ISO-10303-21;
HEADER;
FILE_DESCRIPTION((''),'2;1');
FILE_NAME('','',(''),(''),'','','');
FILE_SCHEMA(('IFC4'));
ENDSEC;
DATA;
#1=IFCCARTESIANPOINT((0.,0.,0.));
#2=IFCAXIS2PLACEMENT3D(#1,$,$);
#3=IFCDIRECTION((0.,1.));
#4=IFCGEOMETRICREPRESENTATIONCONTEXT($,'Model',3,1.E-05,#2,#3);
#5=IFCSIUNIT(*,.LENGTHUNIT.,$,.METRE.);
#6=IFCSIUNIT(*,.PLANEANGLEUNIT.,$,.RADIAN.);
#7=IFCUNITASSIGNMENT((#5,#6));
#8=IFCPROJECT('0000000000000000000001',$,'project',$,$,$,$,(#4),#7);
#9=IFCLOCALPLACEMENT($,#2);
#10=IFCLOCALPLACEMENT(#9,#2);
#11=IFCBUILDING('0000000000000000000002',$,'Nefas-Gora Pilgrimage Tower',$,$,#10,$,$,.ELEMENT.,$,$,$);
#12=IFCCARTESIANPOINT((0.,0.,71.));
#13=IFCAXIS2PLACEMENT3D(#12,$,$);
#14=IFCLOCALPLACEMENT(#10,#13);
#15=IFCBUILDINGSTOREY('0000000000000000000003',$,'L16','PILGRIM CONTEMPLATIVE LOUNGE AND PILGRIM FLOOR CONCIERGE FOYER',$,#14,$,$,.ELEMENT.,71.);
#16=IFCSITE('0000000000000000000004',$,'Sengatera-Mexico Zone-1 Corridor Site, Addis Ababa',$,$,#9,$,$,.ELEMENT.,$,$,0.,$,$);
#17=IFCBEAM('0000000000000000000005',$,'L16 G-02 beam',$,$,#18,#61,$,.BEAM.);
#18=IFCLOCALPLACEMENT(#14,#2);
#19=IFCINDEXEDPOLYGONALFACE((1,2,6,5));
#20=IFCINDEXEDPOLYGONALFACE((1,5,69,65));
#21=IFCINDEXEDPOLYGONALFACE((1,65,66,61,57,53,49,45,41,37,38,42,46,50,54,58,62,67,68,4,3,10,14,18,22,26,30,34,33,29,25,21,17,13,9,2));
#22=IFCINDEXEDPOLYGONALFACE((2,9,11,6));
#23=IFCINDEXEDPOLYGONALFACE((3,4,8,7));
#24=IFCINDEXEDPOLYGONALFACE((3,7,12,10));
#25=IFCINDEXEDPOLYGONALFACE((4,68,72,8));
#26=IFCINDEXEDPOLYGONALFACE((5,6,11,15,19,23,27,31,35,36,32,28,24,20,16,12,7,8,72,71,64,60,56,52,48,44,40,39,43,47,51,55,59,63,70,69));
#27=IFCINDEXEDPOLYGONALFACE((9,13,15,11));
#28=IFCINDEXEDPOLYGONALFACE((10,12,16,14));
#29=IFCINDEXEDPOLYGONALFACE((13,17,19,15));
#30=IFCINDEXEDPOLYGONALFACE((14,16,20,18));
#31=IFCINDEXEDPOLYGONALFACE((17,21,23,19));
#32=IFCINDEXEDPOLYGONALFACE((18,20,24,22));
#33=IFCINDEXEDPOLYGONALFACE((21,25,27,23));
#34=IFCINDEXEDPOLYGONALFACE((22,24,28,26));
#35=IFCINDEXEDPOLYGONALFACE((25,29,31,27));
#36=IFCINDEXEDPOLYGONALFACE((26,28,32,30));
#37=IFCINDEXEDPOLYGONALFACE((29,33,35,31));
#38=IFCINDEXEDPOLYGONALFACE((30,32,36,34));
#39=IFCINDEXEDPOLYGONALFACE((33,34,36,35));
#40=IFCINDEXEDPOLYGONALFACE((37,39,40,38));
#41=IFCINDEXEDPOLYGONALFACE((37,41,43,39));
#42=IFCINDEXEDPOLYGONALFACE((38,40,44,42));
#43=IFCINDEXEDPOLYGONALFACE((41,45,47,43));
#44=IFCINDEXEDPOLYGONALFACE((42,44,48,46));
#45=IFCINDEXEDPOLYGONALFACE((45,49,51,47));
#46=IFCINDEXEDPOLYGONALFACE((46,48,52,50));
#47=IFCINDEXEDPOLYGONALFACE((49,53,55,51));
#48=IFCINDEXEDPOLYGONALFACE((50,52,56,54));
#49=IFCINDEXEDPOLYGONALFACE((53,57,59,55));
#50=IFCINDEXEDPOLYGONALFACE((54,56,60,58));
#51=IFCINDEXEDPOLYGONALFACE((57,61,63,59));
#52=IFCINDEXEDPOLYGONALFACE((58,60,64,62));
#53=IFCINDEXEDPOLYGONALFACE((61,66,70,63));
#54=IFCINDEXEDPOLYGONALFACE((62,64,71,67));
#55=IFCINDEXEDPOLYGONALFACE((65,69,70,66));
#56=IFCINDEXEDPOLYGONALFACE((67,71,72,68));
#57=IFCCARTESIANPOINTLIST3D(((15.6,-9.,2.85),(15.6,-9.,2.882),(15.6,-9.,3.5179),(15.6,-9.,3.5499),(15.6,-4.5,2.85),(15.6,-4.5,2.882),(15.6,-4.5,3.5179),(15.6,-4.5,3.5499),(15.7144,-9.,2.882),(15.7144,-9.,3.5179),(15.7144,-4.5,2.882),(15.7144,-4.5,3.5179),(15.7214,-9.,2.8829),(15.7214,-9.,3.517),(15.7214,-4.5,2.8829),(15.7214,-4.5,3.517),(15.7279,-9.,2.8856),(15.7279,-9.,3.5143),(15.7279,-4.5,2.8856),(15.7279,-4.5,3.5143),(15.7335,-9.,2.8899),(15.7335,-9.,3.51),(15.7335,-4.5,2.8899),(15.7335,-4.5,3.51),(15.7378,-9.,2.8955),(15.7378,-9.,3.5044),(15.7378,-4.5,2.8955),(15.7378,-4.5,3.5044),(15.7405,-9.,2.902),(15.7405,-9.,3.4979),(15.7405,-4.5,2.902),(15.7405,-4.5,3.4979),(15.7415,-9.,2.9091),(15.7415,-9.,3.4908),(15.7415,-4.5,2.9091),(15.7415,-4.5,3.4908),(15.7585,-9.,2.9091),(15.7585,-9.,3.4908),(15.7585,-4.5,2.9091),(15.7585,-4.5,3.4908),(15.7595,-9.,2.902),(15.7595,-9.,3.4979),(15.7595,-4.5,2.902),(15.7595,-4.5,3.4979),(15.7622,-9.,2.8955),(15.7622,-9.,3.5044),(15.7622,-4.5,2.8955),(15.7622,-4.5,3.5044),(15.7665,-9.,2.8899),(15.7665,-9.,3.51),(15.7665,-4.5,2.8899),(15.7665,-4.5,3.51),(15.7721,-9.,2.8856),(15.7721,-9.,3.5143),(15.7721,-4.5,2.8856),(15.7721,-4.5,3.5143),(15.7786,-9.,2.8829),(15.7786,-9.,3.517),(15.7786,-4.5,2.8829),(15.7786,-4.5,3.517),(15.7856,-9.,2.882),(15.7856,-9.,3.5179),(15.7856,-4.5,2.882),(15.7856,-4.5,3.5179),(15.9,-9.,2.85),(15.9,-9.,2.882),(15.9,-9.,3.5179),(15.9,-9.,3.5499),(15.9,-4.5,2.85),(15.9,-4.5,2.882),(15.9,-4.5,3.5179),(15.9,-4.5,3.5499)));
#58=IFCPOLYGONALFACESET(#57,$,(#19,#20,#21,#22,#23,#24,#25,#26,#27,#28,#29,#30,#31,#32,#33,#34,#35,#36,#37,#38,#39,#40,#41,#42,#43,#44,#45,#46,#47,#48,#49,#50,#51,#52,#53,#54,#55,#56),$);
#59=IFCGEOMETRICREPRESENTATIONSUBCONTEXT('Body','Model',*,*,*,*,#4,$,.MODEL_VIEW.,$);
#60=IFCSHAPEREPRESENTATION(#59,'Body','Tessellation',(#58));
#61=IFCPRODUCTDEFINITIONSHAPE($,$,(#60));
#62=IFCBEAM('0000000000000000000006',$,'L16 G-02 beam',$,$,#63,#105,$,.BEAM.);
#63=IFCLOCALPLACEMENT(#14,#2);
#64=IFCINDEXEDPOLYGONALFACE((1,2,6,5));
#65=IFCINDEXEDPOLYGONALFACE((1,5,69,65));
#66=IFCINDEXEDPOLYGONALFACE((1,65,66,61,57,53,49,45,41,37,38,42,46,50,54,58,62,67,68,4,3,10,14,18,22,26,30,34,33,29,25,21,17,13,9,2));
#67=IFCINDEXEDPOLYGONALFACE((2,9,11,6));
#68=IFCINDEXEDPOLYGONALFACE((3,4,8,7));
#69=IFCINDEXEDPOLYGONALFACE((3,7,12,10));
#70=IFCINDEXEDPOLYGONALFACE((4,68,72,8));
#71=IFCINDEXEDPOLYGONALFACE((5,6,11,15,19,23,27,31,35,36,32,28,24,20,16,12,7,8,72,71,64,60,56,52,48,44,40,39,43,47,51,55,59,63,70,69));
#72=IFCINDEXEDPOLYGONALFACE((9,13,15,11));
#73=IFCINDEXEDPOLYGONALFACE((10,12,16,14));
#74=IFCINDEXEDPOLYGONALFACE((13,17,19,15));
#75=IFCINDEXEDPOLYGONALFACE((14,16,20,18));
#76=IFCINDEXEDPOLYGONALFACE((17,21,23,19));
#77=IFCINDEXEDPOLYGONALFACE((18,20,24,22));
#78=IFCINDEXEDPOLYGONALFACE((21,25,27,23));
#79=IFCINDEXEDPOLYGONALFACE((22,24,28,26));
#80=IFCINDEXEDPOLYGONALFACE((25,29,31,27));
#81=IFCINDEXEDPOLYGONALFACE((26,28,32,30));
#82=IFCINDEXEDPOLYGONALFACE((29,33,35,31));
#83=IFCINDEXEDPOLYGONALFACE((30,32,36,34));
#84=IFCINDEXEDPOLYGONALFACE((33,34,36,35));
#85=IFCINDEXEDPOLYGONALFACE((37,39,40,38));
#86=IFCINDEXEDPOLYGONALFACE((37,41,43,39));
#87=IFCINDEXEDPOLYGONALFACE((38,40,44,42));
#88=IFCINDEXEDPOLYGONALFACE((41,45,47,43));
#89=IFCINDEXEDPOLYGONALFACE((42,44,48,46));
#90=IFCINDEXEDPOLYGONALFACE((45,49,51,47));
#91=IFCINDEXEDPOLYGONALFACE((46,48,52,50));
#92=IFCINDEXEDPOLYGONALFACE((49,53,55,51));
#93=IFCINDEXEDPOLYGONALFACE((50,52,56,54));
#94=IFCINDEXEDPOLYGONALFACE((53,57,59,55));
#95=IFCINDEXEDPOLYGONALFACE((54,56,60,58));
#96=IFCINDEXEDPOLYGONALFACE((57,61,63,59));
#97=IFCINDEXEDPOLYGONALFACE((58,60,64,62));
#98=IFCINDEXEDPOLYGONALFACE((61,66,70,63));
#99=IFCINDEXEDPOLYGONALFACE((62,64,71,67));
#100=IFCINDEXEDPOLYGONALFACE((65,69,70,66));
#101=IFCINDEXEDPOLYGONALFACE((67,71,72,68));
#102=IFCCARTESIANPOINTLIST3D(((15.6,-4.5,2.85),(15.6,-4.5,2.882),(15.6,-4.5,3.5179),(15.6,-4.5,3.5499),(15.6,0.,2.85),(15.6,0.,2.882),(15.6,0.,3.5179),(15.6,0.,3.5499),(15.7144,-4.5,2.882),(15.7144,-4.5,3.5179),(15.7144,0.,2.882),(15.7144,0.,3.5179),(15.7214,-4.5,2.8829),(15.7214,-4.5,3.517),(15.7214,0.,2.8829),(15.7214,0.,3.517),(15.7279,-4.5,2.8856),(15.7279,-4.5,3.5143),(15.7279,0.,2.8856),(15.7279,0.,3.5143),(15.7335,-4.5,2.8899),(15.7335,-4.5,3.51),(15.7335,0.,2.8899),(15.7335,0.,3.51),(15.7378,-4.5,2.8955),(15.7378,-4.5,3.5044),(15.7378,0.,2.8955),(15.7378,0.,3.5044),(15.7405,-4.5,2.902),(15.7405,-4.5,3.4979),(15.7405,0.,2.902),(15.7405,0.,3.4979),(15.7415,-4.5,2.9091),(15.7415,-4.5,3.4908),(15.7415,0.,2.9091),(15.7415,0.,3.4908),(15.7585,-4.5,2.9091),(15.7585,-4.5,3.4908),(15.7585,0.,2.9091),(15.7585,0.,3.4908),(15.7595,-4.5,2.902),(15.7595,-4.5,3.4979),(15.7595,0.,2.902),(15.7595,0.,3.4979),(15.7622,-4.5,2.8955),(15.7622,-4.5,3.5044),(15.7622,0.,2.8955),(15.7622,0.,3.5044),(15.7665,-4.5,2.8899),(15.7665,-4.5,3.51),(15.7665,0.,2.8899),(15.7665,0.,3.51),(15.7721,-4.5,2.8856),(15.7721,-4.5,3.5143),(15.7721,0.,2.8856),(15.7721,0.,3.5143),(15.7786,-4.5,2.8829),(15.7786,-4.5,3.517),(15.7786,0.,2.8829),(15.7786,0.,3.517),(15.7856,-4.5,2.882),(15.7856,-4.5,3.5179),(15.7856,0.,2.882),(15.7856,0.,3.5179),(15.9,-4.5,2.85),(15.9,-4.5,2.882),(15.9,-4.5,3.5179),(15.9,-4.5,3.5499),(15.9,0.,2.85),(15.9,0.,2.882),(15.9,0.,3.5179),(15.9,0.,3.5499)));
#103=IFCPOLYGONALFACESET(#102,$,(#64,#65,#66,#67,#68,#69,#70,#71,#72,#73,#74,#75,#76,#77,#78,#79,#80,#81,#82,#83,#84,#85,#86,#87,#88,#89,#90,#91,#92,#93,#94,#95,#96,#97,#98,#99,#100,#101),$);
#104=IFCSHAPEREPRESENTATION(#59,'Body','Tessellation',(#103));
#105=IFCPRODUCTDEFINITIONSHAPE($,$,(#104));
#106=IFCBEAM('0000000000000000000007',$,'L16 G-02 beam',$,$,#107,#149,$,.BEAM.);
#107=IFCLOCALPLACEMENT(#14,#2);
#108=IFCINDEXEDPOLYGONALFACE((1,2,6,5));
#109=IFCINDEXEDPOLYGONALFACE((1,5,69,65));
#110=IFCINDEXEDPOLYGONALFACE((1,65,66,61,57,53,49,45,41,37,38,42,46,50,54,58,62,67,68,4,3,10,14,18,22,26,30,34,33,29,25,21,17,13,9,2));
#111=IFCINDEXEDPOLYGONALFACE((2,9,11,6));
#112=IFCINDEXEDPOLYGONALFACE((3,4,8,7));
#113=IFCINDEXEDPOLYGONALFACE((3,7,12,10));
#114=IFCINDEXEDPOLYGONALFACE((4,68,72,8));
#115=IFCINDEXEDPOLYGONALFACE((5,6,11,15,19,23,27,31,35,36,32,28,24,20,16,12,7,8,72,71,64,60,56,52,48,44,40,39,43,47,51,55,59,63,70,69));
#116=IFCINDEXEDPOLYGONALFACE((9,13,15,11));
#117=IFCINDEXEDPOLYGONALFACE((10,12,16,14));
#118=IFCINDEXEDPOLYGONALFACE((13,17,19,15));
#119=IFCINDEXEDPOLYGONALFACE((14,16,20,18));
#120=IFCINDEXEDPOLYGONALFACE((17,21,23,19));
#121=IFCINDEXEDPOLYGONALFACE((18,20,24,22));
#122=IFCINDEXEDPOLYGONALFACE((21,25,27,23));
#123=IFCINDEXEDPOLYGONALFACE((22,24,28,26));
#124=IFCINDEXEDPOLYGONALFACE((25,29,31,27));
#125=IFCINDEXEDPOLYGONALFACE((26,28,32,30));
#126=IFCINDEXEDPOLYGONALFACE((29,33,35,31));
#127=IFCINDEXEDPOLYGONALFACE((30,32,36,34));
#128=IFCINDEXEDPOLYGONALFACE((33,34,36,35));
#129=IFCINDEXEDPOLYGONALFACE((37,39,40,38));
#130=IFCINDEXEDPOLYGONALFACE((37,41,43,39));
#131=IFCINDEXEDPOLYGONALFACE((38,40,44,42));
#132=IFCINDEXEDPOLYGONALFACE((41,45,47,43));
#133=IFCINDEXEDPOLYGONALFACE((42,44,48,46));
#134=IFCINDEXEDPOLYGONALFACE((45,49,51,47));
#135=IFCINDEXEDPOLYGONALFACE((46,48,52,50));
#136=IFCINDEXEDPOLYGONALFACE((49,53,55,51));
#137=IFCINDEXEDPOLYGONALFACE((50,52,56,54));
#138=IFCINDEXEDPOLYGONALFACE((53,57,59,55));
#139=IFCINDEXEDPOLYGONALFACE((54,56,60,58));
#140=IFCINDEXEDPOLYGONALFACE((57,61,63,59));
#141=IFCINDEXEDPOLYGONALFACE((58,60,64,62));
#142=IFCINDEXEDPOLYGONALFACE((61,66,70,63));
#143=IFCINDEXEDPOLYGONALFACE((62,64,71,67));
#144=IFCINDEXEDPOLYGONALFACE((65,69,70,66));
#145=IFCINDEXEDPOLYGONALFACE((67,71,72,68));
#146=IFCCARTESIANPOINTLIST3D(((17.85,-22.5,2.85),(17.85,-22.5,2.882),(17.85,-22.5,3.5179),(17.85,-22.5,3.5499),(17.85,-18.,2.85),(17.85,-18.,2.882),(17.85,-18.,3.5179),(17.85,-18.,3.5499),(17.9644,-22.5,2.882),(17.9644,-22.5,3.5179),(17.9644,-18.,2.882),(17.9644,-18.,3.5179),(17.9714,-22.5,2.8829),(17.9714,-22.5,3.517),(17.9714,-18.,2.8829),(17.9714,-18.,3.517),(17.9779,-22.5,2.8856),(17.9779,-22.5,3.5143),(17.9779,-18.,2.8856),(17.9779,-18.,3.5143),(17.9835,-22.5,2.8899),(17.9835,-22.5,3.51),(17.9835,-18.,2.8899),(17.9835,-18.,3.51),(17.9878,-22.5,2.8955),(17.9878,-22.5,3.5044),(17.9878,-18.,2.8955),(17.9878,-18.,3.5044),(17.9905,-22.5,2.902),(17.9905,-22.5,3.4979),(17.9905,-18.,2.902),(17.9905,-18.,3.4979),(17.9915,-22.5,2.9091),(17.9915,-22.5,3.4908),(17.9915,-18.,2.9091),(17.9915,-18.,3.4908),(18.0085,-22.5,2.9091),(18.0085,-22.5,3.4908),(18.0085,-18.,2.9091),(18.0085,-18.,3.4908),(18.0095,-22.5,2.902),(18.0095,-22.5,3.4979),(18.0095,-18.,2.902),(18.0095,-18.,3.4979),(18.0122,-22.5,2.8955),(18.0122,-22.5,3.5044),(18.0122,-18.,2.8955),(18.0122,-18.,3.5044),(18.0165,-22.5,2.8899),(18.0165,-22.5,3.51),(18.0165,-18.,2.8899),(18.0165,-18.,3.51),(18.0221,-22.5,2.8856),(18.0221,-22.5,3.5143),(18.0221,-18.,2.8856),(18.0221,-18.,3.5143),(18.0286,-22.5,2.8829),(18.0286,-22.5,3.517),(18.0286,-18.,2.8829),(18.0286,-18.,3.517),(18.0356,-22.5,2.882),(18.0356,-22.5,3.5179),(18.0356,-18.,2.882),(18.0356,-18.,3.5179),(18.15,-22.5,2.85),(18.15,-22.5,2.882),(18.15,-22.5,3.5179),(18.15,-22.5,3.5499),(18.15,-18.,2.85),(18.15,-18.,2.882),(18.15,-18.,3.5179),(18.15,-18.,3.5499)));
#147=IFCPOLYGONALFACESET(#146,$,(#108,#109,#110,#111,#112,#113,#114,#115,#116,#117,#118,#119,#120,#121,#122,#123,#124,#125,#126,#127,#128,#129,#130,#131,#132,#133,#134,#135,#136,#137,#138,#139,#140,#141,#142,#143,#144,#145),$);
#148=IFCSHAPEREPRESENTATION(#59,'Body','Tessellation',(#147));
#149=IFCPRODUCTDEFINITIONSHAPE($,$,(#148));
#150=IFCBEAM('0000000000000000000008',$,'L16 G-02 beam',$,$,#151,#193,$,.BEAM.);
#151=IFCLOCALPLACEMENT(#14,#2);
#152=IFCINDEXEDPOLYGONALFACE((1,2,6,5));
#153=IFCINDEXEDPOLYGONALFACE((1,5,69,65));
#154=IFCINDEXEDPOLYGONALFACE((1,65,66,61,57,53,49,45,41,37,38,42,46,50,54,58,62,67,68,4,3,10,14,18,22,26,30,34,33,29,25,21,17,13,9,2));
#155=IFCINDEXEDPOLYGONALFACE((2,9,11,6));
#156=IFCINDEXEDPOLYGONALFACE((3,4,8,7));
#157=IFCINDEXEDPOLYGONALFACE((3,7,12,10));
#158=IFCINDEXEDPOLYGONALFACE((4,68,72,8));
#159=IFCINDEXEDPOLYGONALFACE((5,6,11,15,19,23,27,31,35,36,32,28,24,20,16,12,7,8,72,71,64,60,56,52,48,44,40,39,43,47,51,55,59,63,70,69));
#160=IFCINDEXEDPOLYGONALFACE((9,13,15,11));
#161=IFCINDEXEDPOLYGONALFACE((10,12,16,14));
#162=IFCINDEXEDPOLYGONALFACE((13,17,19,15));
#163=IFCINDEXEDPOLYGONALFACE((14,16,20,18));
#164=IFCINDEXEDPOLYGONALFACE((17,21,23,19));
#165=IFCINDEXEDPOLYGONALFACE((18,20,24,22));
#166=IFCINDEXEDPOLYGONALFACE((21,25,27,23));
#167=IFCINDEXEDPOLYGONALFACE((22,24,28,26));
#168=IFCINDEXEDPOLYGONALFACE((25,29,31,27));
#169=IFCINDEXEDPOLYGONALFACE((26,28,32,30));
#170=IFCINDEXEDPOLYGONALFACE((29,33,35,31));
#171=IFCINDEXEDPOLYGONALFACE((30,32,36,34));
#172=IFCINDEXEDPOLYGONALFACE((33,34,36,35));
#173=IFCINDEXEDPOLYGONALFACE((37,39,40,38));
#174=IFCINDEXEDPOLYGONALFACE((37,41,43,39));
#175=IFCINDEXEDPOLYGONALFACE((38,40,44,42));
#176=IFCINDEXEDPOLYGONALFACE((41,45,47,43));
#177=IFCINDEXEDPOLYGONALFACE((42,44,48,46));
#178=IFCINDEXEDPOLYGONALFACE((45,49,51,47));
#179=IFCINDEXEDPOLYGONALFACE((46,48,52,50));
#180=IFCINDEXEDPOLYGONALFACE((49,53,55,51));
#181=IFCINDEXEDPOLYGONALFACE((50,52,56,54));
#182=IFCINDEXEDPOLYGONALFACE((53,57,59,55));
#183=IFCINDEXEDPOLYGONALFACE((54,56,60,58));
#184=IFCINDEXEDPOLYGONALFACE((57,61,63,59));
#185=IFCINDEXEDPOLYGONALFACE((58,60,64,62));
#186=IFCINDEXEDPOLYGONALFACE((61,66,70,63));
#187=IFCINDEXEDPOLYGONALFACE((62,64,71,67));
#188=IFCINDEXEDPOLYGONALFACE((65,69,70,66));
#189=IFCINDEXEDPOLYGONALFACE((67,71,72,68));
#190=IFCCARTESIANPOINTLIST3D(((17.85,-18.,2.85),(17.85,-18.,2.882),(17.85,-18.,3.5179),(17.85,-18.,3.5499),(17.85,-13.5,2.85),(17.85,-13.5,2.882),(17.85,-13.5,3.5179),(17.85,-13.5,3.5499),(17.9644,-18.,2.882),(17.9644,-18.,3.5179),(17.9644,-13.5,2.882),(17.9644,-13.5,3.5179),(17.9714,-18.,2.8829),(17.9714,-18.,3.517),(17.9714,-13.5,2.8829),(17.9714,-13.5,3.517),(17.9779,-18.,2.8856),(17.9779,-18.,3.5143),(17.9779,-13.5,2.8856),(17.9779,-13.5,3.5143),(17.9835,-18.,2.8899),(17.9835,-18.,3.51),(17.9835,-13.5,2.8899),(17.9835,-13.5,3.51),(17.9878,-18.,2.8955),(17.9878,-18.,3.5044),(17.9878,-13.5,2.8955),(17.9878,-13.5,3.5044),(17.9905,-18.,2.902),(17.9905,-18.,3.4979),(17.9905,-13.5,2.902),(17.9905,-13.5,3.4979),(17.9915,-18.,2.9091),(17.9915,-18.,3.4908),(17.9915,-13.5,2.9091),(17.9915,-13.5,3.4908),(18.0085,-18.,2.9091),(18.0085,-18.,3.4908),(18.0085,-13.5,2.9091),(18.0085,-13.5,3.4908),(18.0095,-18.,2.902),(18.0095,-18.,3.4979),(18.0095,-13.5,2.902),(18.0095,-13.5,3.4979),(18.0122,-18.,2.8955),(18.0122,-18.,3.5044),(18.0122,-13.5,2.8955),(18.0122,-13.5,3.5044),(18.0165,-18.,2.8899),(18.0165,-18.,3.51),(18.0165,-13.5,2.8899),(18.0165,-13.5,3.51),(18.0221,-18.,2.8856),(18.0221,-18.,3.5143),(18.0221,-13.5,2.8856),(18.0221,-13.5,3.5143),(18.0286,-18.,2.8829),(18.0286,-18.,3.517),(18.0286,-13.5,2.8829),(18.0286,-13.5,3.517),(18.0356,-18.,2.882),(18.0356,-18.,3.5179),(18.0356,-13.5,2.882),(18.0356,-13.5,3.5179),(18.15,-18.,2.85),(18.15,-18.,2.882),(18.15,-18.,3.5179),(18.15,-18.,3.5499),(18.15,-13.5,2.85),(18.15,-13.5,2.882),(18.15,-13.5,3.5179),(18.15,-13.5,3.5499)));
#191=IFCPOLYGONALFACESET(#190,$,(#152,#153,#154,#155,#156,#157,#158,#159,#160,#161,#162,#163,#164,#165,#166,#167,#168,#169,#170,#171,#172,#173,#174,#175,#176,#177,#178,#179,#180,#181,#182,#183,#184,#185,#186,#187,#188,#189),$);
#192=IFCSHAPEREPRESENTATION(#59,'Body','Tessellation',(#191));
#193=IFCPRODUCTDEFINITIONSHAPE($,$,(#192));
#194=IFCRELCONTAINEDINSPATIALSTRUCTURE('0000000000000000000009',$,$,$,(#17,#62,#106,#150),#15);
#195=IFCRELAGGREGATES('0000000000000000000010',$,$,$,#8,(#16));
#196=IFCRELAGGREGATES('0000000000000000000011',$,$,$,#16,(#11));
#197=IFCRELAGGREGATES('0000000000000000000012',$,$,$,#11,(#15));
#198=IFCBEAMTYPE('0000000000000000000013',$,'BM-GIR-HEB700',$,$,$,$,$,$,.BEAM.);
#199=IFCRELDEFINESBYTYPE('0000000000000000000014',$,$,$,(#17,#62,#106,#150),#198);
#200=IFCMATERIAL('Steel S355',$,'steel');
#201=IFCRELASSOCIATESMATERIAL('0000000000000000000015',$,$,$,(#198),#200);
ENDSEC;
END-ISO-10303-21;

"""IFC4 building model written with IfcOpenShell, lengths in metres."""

from ifc_helpers import new_model, si_unit, direction, frame, origin, origin_2d, place, context, subcontext, project, spatial, i_section, extrude, source, transform, mapped, material, material_profile, profile_set, type_object, element, save


model = new_model("IFC4")

# Units and contexts
model_context = context("Model", 3, precision=1e-05, world=origin(), true_north=direction((0.0, 1.0)))
body_context = subcontext(model_context, "Body", "Model", "MODEL_VIEW")
ifc_project = project(units=[si_unit("LENGTHUNIT", "METRE"), si_unit("PLANEANGLEUNIT", "RADIAN")], contexts=[model_context])

# Site, building, storey
site_placement = place(None, origin())
site = spatial("IfcSite", under=ifc_project, at=site_placement, Name="Sengatera-Mexico Zone-1 Corridor Site, Addis Ababa", CompositionType="ELEMENT", RefElevation=0.0)
building_placement = place(site_placement, origin())
building = spatial("IfcBuilding", under=site, at=building_placement, Name="Nefas-Gora Pilgrimage Tower", CompositionType="ELEMENT")
storey_placement = place(building_placement, frame((0.0, 0.0, 71.0)))
storey = spatial("IfcBuildingStorey", under=building, at=storey_placement, Name="L16", Description="PILGRIM CONTEMPLATIVE LOUNGE AND PILGRIM FLOOR CONCIERGE FOYER", CompositionType="ELEMENT", Elevation=71.0)

# Beams
ifc_material_1 = material(Name="Steel S355", Category="steel")
ifc_material_profile_1 = material_profile(ifc_material_1, i_section(OverallWidth=0.3, OverallDepth=0.7, WebThickness=0.0171, FlangeThickness=0.032, FilletRadius=0.0271, at=origin_2d()), Name="HEB 700")
ifc_profile_set_1 = profile_set([ifc_material_profile_1], Name="Steel S355")
beam_type_1 = type_object("IfcBeamType", Name="BM-GIR-HEB700", PredefinedType="BEAM", material=ifc_profile_set_1)
shared_shape_1 = source(origin(), body_context, "Body", "SweptSolid", [
    extrude(i_section(OverallWidth=0.3, OverallDepth=0.7, WebThickness=0.0171, FlangeThickness=0.032, FilletRadius=0.0271, at=origin_2d()), origin(), (0.0, 0.0, 1.0), 4.5),
])
for number, where, z_axis, x_axis, name in (
    (1, (15.75, -9.0, 3.2), (0.0, 1.0, 0.0), (-1.0, 0.0, 0.0), "L16 G-02 beam"),
    (2, (15.75, -4.5, 3.2), (0.0, 1.0, 0.0), (-1.0, 0.0, 0.0), "L16 G-02 beam"),
    (3, (18.0, -22.5, 3.2), (0.0, 1.0, 0.0), (-1.0, 0.0, 0.0), "L16 G-02 beam"),
    (4, (18.0, -18.0, 3.2), (0.0, 1.0, 0.0), (-1.0, 0.0, 0.0), "L16 G-02 beam"),
):
    element("IfcBeam", number, at=place(storey_placement, frame(where, z_axis=z_axis, x_axis=x_axis)), inside=storey, type_object=beam_type_1, Name=name, PredefinedType="BEAM", context=body_context, shape_type="MappedRepresentation", body=[
        mapped(shared_shape_1, transform((0.0, 0.0, 0.0), x_axis=(1.0, 0.0, 0.0), y_axis=(0.0, 1.0, 0.0), z_axis=(0.0, 0.0, 1.0), scale=1.0)),
    ])

save(model, "model.ifc")
